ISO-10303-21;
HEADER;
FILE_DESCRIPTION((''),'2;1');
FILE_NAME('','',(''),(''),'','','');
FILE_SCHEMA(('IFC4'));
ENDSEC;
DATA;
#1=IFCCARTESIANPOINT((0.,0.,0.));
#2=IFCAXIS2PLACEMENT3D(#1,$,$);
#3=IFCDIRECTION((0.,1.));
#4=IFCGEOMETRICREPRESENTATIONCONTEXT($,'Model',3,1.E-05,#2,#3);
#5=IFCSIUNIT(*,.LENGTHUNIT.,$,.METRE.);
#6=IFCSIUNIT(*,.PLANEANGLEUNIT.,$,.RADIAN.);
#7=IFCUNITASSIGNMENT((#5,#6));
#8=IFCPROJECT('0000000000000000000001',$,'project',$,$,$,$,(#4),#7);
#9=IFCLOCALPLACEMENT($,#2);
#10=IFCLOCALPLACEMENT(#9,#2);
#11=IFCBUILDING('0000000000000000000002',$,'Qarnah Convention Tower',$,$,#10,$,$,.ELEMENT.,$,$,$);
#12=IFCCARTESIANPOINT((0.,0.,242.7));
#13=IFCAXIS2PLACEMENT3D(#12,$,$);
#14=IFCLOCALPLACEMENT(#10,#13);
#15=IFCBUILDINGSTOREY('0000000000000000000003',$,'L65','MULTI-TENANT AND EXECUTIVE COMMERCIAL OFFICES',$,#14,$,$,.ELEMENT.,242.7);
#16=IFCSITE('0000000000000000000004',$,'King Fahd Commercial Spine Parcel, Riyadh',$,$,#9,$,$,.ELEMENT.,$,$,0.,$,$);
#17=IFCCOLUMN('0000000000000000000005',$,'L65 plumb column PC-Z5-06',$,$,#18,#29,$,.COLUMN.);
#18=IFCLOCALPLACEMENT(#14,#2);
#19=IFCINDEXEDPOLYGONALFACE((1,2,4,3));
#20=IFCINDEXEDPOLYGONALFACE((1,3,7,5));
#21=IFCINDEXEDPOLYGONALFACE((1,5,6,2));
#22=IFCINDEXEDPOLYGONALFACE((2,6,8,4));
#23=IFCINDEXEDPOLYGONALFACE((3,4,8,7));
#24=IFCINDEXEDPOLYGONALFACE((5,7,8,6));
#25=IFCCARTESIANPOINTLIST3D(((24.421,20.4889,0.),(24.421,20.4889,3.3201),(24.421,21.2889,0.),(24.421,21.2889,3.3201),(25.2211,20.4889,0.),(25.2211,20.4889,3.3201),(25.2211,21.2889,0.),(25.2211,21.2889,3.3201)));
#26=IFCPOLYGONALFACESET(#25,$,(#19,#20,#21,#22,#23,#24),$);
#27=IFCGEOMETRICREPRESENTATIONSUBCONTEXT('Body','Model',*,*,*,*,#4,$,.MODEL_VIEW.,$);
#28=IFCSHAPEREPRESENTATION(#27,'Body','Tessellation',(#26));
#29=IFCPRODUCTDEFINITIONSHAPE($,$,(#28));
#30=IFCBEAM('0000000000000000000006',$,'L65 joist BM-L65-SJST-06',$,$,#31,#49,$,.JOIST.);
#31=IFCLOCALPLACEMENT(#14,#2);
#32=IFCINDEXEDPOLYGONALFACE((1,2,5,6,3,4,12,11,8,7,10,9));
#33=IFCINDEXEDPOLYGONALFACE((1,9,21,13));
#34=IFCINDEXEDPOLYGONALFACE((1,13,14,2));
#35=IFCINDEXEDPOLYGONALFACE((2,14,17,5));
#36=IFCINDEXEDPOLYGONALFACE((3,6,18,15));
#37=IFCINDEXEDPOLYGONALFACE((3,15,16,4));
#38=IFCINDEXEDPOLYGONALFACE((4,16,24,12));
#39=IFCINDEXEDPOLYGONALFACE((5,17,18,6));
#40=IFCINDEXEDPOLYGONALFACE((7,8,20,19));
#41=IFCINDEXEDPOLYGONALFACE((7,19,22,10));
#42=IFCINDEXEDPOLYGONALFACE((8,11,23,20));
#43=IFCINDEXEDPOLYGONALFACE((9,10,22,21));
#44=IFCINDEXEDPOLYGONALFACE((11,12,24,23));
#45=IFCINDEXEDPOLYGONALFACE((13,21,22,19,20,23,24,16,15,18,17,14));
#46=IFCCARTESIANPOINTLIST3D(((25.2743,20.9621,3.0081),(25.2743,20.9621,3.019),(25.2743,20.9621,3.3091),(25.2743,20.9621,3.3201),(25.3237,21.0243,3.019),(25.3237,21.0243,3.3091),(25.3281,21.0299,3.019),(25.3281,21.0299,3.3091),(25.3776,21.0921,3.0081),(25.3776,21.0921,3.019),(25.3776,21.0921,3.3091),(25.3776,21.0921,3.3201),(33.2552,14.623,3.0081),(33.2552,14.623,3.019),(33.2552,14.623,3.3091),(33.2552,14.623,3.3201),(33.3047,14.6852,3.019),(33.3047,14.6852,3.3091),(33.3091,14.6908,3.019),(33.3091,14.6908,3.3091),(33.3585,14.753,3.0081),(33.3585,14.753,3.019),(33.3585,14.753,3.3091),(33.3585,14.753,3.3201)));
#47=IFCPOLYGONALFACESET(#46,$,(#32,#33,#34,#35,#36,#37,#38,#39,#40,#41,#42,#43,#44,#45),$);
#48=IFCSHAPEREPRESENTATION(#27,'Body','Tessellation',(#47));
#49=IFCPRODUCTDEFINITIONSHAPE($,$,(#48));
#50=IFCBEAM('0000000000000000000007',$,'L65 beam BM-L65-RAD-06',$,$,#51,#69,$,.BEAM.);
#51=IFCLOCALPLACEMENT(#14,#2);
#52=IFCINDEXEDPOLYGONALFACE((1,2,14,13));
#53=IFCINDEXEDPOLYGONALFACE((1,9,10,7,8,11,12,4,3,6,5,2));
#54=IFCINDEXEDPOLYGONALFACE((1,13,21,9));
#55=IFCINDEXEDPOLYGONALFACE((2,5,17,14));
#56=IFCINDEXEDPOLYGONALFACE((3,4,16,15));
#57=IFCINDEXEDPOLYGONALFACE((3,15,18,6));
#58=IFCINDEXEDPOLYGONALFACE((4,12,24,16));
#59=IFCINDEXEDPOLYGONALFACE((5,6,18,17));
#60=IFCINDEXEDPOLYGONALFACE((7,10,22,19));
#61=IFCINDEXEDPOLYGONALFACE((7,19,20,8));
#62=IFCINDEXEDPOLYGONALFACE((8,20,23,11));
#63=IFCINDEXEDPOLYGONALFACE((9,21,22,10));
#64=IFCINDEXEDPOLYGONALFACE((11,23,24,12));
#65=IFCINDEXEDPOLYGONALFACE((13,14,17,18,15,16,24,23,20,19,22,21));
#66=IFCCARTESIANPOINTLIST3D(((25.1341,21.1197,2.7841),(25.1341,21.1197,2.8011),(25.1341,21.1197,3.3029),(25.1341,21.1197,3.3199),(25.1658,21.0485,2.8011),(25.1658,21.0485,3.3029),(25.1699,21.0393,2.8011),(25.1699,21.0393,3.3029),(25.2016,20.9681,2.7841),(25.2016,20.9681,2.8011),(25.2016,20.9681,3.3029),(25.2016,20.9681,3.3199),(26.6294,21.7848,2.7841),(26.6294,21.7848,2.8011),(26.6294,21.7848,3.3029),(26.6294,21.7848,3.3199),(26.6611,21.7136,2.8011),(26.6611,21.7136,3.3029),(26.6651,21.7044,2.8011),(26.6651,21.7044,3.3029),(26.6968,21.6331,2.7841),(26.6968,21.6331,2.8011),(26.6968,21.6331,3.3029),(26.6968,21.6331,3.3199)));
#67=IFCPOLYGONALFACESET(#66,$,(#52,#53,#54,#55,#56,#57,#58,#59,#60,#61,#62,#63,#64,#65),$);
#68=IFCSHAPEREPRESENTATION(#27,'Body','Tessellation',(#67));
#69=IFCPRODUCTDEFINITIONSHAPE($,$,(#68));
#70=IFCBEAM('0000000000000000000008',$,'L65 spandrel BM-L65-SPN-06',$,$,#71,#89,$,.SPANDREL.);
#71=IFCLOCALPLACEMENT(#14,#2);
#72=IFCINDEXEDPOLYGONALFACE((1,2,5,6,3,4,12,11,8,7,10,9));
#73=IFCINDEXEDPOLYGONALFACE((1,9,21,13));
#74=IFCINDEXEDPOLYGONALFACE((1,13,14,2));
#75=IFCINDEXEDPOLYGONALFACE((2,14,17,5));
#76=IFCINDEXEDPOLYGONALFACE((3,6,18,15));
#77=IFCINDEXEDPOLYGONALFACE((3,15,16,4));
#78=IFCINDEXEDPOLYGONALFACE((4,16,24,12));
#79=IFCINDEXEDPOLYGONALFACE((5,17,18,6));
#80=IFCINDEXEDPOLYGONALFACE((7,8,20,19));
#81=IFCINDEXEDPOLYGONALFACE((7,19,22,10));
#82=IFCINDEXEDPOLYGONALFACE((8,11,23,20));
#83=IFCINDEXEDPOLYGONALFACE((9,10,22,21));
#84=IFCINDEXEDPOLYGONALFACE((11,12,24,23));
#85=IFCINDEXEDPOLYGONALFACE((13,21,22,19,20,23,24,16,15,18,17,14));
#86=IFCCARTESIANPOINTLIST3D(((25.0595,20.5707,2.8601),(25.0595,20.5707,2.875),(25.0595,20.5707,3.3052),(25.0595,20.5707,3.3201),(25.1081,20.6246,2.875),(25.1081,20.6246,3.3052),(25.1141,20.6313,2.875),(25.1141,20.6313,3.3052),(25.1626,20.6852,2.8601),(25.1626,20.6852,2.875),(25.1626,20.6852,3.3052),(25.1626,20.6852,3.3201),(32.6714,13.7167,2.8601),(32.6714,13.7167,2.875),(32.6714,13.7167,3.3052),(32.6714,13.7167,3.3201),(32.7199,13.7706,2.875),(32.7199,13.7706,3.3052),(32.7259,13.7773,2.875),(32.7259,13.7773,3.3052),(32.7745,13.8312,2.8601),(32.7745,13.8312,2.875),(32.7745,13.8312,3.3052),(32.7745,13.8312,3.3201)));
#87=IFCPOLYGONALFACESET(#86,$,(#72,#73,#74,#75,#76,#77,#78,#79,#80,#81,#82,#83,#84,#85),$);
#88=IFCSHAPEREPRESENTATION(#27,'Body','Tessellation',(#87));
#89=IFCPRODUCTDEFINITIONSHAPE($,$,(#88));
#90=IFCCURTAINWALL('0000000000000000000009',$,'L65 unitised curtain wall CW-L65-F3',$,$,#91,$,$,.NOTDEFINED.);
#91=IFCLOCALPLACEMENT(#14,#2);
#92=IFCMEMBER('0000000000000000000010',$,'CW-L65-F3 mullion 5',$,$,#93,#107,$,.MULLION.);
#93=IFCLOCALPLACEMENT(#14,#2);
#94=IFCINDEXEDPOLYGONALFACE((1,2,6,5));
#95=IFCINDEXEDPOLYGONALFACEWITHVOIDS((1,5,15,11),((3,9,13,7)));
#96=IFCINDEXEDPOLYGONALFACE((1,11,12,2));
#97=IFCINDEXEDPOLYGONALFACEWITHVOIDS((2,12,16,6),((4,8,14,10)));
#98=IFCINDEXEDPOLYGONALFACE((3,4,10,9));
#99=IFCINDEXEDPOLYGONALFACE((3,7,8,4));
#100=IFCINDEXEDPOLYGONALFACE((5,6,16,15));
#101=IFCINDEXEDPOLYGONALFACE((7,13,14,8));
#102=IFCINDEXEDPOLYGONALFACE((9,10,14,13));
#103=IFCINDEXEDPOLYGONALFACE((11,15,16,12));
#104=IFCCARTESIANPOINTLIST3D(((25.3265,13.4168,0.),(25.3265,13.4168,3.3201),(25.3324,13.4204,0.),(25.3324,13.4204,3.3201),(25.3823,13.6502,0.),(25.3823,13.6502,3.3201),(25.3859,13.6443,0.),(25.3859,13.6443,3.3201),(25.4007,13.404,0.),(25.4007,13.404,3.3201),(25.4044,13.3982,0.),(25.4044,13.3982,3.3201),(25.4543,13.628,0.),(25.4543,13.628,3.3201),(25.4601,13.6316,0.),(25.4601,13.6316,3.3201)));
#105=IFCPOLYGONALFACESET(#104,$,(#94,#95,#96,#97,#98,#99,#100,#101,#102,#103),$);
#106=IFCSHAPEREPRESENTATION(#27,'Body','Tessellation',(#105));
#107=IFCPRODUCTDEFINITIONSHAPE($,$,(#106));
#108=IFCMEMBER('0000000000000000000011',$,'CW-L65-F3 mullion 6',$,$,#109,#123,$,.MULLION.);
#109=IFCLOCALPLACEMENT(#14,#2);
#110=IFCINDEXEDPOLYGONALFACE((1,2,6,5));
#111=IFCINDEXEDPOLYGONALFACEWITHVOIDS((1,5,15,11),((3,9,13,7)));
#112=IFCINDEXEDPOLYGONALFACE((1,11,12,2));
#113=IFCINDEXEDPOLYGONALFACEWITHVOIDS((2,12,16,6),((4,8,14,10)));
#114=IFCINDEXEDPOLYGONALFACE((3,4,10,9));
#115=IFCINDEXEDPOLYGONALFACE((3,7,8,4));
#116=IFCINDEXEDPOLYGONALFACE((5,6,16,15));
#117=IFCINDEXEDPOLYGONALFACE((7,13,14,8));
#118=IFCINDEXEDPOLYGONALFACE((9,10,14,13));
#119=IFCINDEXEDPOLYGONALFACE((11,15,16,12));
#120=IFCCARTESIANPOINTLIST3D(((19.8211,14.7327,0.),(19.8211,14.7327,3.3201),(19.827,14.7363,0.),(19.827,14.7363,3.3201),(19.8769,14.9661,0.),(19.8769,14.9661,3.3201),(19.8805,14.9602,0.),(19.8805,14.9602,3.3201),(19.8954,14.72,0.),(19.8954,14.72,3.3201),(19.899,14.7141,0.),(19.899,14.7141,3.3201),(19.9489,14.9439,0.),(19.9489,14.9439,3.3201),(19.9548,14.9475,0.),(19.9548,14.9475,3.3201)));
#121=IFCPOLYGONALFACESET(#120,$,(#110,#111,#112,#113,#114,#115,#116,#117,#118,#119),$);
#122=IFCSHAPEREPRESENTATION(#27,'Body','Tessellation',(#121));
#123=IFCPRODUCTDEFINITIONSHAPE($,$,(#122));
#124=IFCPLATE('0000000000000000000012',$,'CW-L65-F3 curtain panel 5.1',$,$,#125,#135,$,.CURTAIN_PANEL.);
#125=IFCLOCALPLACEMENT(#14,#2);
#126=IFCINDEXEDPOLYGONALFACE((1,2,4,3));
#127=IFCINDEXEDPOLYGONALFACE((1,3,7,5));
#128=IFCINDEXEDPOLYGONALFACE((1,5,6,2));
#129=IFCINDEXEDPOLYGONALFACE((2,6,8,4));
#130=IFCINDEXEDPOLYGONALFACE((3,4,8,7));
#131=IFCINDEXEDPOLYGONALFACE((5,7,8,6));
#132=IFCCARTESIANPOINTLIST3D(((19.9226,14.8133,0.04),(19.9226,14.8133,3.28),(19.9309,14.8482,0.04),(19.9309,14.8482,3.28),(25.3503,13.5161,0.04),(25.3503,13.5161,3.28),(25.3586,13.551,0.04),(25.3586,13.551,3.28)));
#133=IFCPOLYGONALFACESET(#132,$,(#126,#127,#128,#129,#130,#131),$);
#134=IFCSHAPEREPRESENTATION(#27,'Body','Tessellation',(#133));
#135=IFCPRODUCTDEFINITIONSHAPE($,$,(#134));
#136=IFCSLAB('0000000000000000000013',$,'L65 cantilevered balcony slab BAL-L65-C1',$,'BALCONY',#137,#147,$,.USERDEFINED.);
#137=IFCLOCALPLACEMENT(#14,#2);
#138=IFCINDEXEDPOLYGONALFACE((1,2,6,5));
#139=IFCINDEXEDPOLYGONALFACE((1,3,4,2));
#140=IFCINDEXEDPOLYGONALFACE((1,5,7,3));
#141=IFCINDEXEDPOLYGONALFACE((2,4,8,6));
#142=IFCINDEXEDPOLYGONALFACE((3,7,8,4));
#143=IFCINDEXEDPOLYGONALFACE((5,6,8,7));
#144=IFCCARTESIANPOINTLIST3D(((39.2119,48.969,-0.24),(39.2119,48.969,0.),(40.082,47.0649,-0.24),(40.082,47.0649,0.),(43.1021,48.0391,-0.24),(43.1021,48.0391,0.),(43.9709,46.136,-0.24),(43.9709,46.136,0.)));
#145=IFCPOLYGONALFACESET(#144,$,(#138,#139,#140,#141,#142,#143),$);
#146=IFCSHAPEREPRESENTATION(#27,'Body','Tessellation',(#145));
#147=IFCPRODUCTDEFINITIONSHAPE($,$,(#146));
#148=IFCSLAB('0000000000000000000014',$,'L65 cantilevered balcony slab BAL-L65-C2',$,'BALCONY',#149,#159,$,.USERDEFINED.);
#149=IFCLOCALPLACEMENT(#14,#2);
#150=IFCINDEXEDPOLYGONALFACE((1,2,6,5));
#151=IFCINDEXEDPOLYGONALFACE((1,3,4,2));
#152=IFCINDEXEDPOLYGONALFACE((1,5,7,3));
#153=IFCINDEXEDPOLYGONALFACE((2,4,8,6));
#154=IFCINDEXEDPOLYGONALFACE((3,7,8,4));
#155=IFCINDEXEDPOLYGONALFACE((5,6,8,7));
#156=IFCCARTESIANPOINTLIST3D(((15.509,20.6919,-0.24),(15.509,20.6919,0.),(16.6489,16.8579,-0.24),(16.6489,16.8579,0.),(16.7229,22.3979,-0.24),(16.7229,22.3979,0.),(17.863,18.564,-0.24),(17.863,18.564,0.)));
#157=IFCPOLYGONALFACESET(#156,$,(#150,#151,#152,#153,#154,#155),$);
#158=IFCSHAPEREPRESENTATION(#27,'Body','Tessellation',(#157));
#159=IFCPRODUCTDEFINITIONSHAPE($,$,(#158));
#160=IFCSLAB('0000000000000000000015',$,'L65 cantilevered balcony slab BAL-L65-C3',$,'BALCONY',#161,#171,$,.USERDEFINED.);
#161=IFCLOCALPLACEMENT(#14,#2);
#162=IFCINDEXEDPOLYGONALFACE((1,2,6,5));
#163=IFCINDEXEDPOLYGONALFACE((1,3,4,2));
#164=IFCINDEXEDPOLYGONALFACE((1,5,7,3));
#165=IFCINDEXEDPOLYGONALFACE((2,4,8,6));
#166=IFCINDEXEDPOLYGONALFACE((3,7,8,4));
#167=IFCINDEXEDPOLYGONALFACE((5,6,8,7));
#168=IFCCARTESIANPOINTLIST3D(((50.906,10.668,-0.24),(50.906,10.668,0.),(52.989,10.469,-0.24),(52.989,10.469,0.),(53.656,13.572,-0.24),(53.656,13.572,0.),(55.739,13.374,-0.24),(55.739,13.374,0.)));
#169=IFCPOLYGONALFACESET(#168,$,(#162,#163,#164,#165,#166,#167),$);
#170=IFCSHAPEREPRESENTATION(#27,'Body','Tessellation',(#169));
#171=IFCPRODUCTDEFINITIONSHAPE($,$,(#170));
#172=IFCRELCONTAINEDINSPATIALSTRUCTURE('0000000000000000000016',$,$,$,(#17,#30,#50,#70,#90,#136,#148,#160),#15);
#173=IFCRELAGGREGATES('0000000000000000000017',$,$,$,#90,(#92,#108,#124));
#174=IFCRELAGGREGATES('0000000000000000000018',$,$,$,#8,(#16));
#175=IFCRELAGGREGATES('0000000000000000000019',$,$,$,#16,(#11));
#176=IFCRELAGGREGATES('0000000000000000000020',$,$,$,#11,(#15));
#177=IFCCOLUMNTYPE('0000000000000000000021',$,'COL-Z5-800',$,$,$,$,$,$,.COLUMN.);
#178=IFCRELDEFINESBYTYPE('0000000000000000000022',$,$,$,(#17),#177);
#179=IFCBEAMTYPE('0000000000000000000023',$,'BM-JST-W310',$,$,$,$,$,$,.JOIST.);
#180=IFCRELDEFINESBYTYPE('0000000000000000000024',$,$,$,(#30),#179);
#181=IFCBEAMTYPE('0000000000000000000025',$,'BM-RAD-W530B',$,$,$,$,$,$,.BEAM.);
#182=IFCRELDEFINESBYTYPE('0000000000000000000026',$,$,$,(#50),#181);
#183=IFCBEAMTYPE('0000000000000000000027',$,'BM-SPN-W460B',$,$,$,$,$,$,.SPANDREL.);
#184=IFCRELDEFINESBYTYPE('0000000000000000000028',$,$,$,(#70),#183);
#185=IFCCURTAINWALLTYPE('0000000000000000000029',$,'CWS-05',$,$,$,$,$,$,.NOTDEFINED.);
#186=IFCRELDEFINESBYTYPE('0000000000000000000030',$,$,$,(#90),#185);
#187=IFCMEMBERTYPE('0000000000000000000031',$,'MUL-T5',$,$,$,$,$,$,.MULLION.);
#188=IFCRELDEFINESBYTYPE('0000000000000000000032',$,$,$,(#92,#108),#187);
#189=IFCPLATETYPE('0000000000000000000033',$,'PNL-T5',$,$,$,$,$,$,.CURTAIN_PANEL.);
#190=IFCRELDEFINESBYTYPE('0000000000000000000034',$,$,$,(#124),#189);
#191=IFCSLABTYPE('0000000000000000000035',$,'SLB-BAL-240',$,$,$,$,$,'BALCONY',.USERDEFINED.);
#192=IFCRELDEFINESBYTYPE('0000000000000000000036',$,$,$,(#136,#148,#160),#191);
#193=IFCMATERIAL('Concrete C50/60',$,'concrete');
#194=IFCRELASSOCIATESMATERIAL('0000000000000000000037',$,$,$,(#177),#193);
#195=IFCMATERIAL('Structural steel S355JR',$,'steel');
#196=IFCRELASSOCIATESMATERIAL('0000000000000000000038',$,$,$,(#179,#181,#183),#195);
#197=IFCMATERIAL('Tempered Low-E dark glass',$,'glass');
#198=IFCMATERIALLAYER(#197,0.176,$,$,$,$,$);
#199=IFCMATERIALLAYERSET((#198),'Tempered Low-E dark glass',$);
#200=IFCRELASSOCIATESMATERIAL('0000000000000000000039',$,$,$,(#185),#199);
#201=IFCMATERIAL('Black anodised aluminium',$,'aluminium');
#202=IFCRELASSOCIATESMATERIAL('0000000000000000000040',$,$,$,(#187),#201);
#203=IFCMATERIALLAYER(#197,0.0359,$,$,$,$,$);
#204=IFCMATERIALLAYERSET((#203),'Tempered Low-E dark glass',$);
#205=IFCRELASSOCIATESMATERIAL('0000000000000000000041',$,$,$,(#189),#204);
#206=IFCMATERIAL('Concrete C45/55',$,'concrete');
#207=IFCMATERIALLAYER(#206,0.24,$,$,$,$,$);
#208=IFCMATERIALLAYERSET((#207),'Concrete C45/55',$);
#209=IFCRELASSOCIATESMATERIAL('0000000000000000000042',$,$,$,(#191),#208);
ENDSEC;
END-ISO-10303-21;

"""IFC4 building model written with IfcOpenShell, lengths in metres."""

from ifc_helpers import new_model, si_unit, direction, frame, origin, origin_2d, place, context, subcontext, project, spatial, polyline, rectangle, hollow_rectangle, i_section, outline, extrude, material, layer, layer_set, material_profile, profile_set, type_object, element, aggregate, save


model = new_model("IFC4")

# Units and contexts
model_context = context("Model", 3, precision=1e-05, world=origin(), true_north=direction((0.0, 1.0)))
body_context = subcontext(model_context, "Body", "Model", "MODEL_VIEW")
ifc_project = project(units=[si_unit("LENGTHUNIT", "METRE"), si_unit("PLANEANGLEUNIT", "RADIAN")], contexts=[model_context])

# Site, building, storey
site_placement = place(None, origin())
site = spatial("IfcSite", under=ifc_project, at=site_placement, Name="King Fahd Commercial Spine Parcel, Riyadh", CompositionType="ELEMENT", RefElevation=0.0)
building_placement = place(site_placement, origin())
building = spatial("IfcBuilding", under=site, at=building_placement, Name="Qarnah Convention Tower", CompositionType="ELEMENT")
storey_placement = place(building_placement, frame((0.0, 0.0, 242.7)))
storey = spatial("IfcBuildingStorey", under=building, at=storey_placement, Name="L65", Description="MULTI-TENANT AND EXECUTIVE COMMERCIAL OFFICES", CompositionType="ELEMENT", Elevation=242.7)

# Column
ifc_material_1 = material(Name="Concrete C50/60", Category="concrete")
ifc_material_profile_1 = material_profile(ifc_material_1, rectangle(XDim=0.8, YDim=0.8, at=origin_2d()), Name="RC-COL-800X800")
ifc_profile_set_1 = profile_set([ifc_material_profile_1], Name="Concrete C50/60")
column_type = type_object("IfcColumnType", Name="COL-Z5-800", PredefinedType="COLUMN", material=ifc_profile_set_1)
column_placement = place(storey_placement, frame((24.821, 20.8889, 0.0), z_axis=(0.0, 0.0, 1.0), x_axis=(1.0, 0.0, 0.0)))
element("IfcColumn", 1, at=column_placement, inside=storey, type_object=column_type, Name="L65 plumb column PC-Z5-06", PredefinedType="COLUMN", context=body_context, shape_type="SweptSolid", body=[
    extrude(rectangle(XDim=0.8, YDim=0.8, at=origin_2d()), origin(), (0.0, 0.0, 1.0), 3.3201),
])

# Beams
ifc_material_2 = material(Name="Structural steel S355JR", Category="steel")
ifc_material_profile_2 = material_profile(ifc_material_2, i_section(OverallWidth=0.166, OverallDepth=0.312, WebThickness=0.0071, FlangeThickness=0.011, at=origin_2d()), Name="W310X45")
ifc_profile_set_2 = profile_set([ifc_material_profile_2], Name="Structural steel S355JR")
beam_type_1 = type_object("IfcBeamType", Name="BM-JST-W310", PredefinedType="JOIST", material=ifc_profile_set_2)
beam_1_placement = place(storey_placement, frame((25.3259, 21.0271, 3.1641), z_axis=(0.783049, -0.62196, 0.0), x_axis=(0.62196, 0.783049, 0.0)))
element("IfcBeam", 2, at=beam_1_placement, inside=storey, type_object=beam_type_1, Name="L65 joist BM-L65-SJST-06", PredefinedType="JOIST", context=body_context, shape_type="SweptSolid", body=[
    extrude(i_section(OverallWidth=0.166, OverallDepth=0.312, WebThickness=0.0071, FlangeThickness=0.011, at=origin_2d()), origin(), (0.0, 0.0, 1.0), 10.1921),
])
ifc_material_profile_3 = material_profile(ifc_material_2, i_section(OverallWidth=0.166, OverallDepth=0.5359, WebThickness=0.01, FlangeThickness=0.0171, at=origin_2d()), Name="W530X85")
ifc_profile_set_3 = profile_set([ifc_material_profile_3], Name="Structural steel S355JR")
beam_type_2 = type_object("IfcBeamType", Name="BM-RAD-W530B", PredefinedType="BEAM", material=ifc_profile_set_3)
beam_2_placement = place(storey_placement, frame((26.6631, 21.709, 3.052), z_axis=(-0.913688, -0.406415, 0.0), x_axis=(0.406415, -0.913688, 0.0)))
element("IfcBeam", 3, at=beam_2_placement, inside=storey, type_object=beam_type_2, Name="L65 beam BM-L65-RAD-06", PredefinedType="BEAM", context=body_context, shape_type="SweptSolid", body=[
    extrude(i_section(OverallWidth=0.166, OverallDepth=0.5359, WebThickness=0.01, FlangeThickness=0.0171, at=origin_2d()), origin(), (0.0, 0.0, 1.0), 1.6365),
])
ifc_material_profile_4 = material_profile(ifc_material_2, i_section(OverallWidth=0.1541, OverallDepth=0.46, WebThickness=0.009, FlangeThickness=0.0149, at=origin_2d()), Name="W460X68")
ifc_profile_set_4 = profile_set([ifc_material_profile_4], Name="Structural steel S355JR")
beam_type_3 = type_object("IfcBeamType", Name="BM-SPN-W460B", PredefinedType="SPANDREL", material=ifc_profile_set_4)
beam_3_placement = place(storey_placement, frame((25.1111, 20.6279, 3.0901), z_axis=(0.743131, -0.669146, 0.0), x_axis=(0.669146, 0.743131, 0.0)))
element("IfcBeam", 4, at=beam_3_placement, inside=storey, type_object=beam_type_3, Name="L65 spandrel BM-L65-SPN-06", PredefinedType="SPANDREL", context=body_context, shape_type="SweptSolid", body=[
    extrude(i_section(OverallWidth=0.1541, OverallDepth=0.46, WebThickness=0.009, FlangeThickness=0.0149, at=origin_2d()), origin(), (0.0, 0.0, 1.0), 10.2429),
])

# Curtain wall, members, plate
ifc_material_3 = material(Name="Tempered Low-E dark glass", Category="glass")
ifc_layer_1 = layer(ifc_material_3, 0.176)
ifc_layer_set_1 = layer_set([ifc_layer_1], Name="Tempered Low-E dark glass")
curtain_wall_type = type_object("IfcCurtainWallType", Name="CWS-05", PredefinedType="NOTDEFINED", material=ifc_layer_set_1)
curtain_wall_placement = place(storey_placement, origin())
curtain_wall = element("IfcCurtainWall", 5, at=curtain_wall_placement, inside=storey, type_object=curtain_wall_type, Name="L65 unitised curtain wall CW-L65-F3", PredefinedType="NOTDEFINED")
ifc_material_4 = material(Name="Black anodised aluminium", Category="aluminium")
ifc_material_profile_5 = material_profile(ifc_material_4, hollow_rectangle(XDim=0.0801, YDim=0.24, WallThickness=0.0049, at=origin_2d()), Name="MUL-80X240")
ifc_profile_set_5 = profile_set([ifc_material_profile_5], Name="Black anodised aluminium")
member_type = type_object("IfcMemberType", Name="MUL-T5", PredefinedType="MULLION", material=ifc_profile_set_5)
member_1_placement = place(storey_placement, frame((25.3933, 13.5242, 0.0), z_axis=(0.0, 0.0, 1.0), x_axis=(-0.972607, 0.232455, 0.0)))
member_1 = element("IfcMember", 6, at=member_1_placement, type_object=member_type, Name="CW-L65-F3 mullion 5", PredefinedType="MULLION", context=body_context, shape_type="SweptSolid", body=[
    extrude(hollow_rectangle(XDim=0.0801, YDim=0.24, WallThickness=0.0049, at=origin_2d()), origin(), (0.0, 0.0, 1.0), 3.3201),
])
member_2_placement = place(storey_placement, frame((19.8879, 14.8401, 0.0), z_axis=(0.0, 0.0, 1.0), x_axis=(-0.972607, 0.232455, 0.0)))
member_2 = element("IfcMember", 7, at=member_2_placement, type_object=member_type, Name="CW-L65-F3 mullion 6", PredefinedType="MULLION", context=body_context, shape_type="SweptSolid", body=[
    extrude(hollow_rectangle(XDim=0.0801, YDim=0.24, WallThickness=0.0049, at=origin_2d()), origin(), (0.0, 0.0, 1.0), 3.3201),
])
ifc_layer_2 = layer(ifc_material_3, 0.0359)
ifc_layer_set_2 = layer_set([ifc_layer_2], Name="Tempered Low-E dark glass")
plate_type = type_object("IfcPlateType", Name="PNL-T5", PredefinedType="CURTAIN_PANEL", material=ifc_layer_set_2)
plate_placement = place(storey_placement, frame((22.6406, 14.1821, 0.04), z_axis=(0.0, 0.0, 1.0), x_axis=(-0.972607, 0.232455, 0.0)))
plate = element("IfcPlate", 8, at=plate_placement, type_object=plate_type, Name="CW-L65-F3 curtain panel 5.1", PredefinedType="CURTAIN_PANEL", context=body_context, shape_type="SweptSolid", body=[
    extrude(rectangle(XDim=5.5806, YDim=0.0359, at=origin_2d()), origin(), (0.0, 0.0, 1.0), 3.24),
])
aggregate(curtain_wall, [member_1, member_2, plate])

# Slabs
ifc_material_5 = material(Name="Concrete C45/55", Category="concrete")
ifc_layer_3 = layer(ifc_material_5, 0.24)
ifc_layer_set_3 = layer_set([ifc_layer_3], Name="Concrete C45/55")
slab_type_1 = type_object("IfcSlabType", Name="SLB-BAL-240", ElementType="BALCONY", PredefinedType="USERDEFINED", material=ifc_layer_set_3)
slab_1_placement = place(storey_placement, frame((0.0, 0.0, -0.24)))
element("IfcSlab", 9, at=slab_1_placement, inside=storey, type_object=slab_type_1, Name="L65 cantilevered balcony slab BAL-L65-C1", ObjectType="BALCONY", PredefinedType="USERDEFINED", context=body_context, shape_type="SweptSolid", body=[
    extrude(outline(polyline([(39.2119, 48.969), (43.1021, 48.0391), (43.9709, 46.136), (40.082, 47.0649), (39.2119, 48.969)])), origin(), (0.0, 0.0, 1.0), 0.24),
])
slab_2_placement = place(storey_placement, frame((0.0, 0.0, -0.24)))
element("IfcSlab", 10, at=slab_2_placement, inside=storey, type_object=slab_type_1, Name="L65 cantilevered balcony slab BAL-L65-C2", ObjectType="BALCONY", PredefinedType="USERDEFINED", context=body_context, shape_type="SweptSolid", body=[
    extrude(outline(polyline([(16.6489, 16.8579), (15.509, 20.6919), (16.7229, 22.3979), (17.863, 18.564), (16.6489, 16.8579)])), origin(), (0.0, 0.0, 1.0), 0.24),
])
slab_3_placement = place(storey_placement, frame((0.0, 0.0, -0.24)))
element("IfcSlab", 11, at=slab_3_placement, inside=storey, type_object=slab_type_1, Name="L65 cantilevered balcony slab BAL-L65-C3", ObjectType="BALCONY", PredefinedType="USERDEFINED", context=body_context, shape_type="SweptSolid", body=[
    extrude(outline(polyline([(55.739, 13.374), (52.989, 10.469), (50.906, 10.668), (53.656, 13.572), (55.739, 13.374)])), origin(), (0.0, 0.0, 1.0), 0.24),
])

save(model, "model.ifc")
